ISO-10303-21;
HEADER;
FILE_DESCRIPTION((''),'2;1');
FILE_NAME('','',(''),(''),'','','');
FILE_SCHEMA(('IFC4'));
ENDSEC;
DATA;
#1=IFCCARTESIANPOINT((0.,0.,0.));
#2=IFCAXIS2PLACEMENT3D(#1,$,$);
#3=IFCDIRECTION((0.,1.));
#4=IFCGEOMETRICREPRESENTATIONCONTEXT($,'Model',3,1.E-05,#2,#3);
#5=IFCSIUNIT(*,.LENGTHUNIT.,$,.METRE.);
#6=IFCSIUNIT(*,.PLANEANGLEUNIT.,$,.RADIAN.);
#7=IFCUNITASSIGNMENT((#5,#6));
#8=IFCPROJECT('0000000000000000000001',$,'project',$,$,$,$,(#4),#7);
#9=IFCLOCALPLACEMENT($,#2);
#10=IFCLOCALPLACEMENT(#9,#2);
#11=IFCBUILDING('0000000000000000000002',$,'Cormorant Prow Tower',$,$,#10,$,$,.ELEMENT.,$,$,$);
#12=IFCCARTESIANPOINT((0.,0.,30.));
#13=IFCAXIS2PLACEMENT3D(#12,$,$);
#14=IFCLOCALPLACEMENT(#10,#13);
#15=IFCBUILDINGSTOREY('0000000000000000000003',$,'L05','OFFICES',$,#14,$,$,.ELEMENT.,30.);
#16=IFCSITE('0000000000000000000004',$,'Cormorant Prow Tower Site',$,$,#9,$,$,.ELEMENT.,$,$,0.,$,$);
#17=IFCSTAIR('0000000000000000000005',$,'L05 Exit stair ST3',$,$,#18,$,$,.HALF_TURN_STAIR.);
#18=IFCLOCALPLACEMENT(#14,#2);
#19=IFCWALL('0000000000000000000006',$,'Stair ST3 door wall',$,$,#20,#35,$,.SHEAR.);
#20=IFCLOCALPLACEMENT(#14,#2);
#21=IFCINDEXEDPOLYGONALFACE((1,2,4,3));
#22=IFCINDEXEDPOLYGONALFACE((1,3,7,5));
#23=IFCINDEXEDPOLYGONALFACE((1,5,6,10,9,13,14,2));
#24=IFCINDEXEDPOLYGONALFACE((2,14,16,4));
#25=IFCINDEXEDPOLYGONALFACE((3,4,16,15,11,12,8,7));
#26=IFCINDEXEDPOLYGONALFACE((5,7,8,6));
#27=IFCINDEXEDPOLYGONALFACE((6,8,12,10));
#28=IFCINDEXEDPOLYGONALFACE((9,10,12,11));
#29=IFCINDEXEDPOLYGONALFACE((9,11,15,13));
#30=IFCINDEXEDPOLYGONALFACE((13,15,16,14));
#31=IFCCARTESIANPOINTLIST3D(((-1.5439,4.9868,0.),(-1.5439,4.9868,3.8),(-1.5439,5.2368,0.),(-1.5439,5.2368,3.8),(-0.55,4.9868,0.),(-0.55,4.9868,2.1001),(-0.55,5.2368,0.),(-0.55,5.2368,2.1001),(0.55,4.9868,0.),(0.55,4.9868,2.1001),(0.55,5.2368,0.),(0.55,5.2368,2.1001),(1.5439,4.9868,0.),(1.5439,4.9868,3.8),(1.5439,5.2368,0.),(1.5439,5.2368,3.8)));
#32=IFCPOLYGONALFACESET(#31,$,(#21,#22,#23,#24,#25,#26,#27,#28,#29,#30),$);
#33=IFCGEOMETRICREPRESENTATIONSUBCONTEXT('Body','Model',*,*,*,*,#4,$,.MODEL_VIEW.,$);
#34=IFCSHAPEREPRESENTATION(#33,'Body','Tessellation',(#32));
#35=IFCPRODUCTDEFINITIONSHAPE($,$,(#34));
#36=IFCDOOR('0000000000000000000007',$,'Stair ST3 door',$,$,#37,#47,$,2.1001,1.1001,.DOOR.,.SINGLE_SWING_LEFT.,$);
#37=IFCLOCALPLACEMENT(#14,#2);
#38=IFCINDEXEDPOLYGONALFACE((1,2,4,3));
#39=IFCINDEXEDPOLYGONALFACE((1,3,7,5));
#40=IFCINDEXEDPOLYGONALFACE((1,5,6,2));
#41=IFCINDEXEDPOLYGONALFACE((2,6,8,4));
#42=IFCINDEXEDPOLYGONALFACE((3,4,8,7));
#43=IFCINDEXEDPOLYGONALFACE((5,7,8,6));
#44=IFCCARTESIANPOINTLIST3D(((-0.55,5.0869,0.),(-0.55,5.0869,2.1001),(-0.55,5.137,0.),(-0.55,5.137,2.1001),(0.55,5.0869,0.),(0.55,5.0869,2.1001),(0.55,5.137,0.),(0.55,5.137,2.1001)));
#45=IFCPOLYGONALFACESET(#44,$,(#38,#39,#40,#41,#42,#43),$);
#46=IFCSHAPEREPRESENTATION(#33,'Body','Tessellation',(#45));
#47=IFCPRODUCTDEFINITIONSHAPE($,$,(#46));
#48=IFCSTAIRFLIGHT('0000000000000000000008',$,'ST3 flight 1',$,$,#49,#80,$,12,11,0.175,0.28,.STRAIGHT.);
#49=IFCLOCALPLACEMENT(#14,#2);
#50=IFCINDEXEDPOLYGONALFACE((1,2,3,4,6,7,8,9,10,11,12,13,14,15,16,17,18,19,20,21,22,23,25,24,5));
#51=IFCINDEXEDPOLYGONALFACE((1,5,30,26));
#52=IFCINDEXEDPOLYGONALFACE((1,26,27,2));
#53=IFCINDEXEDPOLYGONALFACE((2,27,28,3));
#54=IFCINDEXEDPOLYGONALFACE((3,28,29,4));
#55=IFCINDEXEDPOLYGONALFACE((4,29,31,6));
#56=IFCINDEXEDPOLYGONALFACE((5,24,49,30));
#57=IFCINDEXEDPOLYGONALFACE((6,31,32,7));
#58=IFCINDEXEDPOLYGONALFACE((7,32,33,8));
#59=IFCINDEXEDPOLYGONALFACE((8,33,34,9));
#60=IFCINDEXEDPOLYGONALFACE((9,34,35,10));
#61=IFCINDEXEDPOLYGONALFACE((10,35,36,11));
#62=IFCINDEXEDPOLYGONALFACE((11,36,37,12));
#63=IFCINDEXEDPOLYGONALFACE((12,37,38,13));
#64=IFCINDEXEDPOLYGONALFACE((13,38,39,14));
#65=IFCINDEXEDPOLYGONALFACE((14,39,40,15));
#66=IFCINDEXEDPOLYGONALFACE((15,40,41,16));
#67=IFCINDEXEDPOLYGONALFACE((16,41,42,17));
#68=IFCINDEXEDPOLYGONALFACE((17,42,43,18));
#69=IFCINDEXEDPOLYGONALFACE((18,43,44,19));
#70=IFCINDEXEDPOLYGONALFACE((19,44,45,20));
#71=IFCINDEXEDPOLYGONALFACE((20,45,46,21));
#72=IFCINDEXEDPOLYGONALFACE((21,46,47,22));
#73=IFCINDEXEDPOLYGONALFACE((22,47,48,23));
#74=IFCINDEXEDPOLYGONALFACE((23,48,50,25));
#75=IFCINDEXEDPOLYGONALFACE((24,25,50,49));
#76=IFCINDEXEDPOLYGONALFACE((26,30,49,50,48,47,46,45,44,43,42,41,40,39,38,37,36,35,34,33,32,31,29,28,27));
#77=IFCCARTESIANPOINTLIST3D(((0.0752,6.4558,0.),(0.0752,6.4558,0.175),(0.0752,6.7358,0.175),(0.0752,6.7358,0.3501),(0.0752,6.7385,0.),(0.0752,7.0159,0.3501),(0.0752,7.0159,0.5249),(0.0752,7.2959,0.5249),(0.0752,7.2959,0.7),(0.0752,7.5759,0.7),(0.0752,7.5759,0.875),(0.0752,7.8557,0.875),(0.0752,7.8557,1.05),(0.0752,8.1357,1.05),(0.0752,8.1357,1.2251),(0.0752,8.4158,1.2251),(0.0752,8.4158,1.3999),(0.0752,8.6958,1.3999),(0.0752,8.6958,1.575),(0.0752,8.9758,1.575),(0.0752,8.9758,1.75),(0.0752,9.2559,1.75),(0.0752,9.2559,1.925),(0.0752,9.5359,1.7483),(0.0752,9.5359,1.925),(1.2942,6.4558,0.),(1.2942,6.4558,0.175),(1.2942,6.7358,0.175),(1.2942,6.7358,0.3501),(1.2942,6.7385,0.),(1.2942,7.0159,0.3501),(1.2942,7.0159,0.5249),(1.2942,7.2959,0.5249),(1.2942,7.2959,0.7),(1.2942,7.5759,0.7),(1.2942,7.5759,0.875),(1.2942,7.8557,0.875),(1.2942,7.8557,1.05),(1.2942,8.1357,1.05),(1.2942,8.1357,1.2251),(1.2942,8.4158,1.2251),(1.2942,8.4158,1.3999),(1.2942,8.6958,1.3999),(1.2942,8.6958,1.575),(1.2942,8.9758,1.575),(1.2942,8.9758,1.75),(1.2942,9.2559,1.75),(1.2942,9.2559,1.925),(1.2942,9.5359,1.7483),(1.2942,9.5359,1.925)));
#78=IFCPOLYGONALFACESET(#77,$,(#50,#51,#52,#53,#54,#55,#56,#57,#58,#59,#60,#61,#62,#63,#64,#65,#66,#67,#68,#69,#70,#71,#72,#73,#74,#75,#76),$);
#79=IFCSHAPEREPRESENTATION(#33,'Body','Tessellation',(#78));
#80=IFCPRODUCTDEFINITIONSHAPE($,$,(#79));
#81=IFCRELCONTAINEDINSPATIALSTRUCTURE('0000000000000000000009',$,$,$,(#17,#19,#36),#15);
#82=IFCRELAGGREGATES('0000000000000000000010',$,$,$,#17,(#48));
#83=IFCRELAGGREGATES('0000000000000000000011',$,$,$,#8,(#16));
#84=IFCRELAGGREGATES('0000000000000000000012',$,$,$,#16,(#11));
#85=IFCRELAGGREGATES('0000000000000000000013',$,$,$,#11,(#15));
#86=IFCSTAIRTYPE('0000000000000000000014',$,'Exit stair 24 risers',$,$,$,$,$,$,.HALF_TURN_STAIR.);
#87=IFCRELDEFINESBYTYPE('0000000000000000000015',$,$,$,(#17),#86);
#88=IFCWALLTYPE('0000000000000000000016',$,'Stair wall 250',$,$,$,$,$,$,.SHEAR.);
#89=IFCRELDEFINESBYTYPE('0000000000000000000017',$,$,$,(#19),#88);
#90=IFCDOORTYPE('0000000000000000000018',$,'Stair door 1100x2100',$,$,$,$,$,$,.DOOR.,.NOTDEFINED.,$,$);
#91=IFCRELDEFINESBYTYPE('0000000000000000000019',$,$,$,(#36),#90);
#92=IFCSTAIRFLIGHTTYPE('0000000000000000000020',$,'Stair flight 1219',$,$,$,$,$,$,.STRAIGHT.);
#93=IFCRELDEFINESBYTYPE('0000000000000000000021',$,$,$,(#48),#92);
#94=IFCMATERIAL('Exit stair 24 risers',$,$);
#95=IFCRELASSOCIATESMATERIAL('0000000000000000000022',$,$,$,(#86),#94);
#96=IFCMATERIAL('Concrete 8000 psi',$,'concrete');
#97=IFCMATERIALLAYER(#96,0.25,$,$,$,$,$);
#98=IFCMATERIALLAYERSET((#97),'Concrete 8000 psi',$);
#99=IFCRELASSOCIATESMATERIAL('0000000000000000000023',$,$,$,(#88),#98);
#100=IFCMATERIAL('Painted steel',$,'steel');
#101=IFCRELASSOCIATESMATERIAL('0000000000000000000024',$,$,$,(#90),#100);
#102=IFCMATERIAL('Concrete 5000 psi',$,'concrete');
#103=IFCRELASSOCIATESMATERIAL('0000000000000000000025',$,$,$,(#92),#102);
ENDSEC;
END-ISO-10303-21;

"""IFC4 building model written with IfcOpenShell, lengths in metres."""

from ifc_helpers import new_model, si_unit, direction, frame, frame_2d, origin, place, context, subcontext, project, spatial, polyline, rectangle, outline, extrude, material, layer, layer_set, type_object, element, fill, aggregate, save


model = new_model("IFC4")

# Units and contexts
model_context = context("Model", 3, precision=1e-05, world=origin(), true_north=direction((0.0, 1.0)))
body_context = subcontext(model_context, "Body", "Model", "MODEL_VIEW")
ifc_project = project(units=[si_unit("LENGTHUNIT", "METRE"), si_unit("PLANEANGLEUNIT", "RADIAN")], contexts=[model_context])

# Site, building, storey
site_placement = place(None, origin())
site = spatial("IfcSite", under=ifc_project, at=site_placement, Name="Cormorant Prow Tower Site", CompositionType="ELEMENT", RefElevation=0.0)
building_placement = place(site_placement, origin())
building = spatial("IfcBuilding", under=site, at=building_placement, Name="Cormorant Prow Tower", CompositionType="ELEMENT")
storey_placement = place(building_placement, frame((0.0, 0.0, 30.0)))
storey = spatial("IfcBuildingStorey", under=building, at=storey_placement, Name="L05", Description="OFFICES", CompositionType="ELEMENT", Elevation=30.0)

# Stair
ifc_material_1 = material(Name="Exit stair 24 risers")
stair_type = type_object("IfcStairType", Name="Exit stair 24 risers", PredefinedType="HALF_TURN_STAIR", material=ifc_material_1)
stair_1_placement = place(storey_placement, origin())
stair_1 = element("IfcStair", 1, at=stair_1_placement, inside=storey, type_object=stair_type, Name="L05 Exit stair ST3", PredefinedType="HALF_TURN_STAIR")

# Shared definitions
ifc_material_2 = material(Name="Concrete 8000 psi", Category="concrete")
ifc_layer_1 = layer(ifc_material_2, 0.25)
ifc_layer_set_1 = layer_set([ifc_layer_1], Name="Concrete 8000 psi")
wall_type_1 = type_object("IfcWallType", Name="Stair wall 250", PredefinedType="SHEAR", material=ifc_layer_set_1)

# Wall, opening, door
wall_1_placement = place(storey_placement, frame((1.5439, 5.1118, 0.0), z_axis=(0.0, 0.0, 1.0), x_axis=(-1.0, 0.0, 0.0)))
wall_1 = element("IfcWall", 2, at=wall_1_placement, inside=storey, type_object=wall_type_1, Name="Stair ST3 door wall", PredefinedType="SHEAR", context=body_context, shape_type="SweptSolid", body=[
    extrude(rectangle(XDim=3.0879, YDim=0.25, at=frame_2d((1.5439, 0.0))), origin(), (0.0, 0.0, 1.0), 3.8),
])
opening_placement = place(wall_1_placement, frame((0.9939, 0.0, 0.0)))
opening = element("IfcOpeningElement", 3, at=opening_placement, cuts=wall_1, PredefinedType="OPENING", context=body_context, shape_type="SweptSolid", body=[
    extrude(rectangle(XDim=1.1001, YDim=2.1001, at=frame_2d((0.55, 1.05))), frame((0.0, 0.135, 0.0), z_axis=(0.0, -1.0, 0.0), x_axis=(1.0, 0.0, 0.0)), (0.0, 0.0, 1.0), 0.27),
])
ifc_material_3 = material(Name="Painted steel", Category="steel")
door_type = type_object("IfcDoorType", Name="Stair door 1100x2100", OperationType="NOTDEFINED", PredefinedType="DOOR", material=ifc_material_3)
door_placement = place(opening_placement, origin())
door = element("IfcDoor", 4, at=door_placement, inside=storey, type_object=door_type, Name="Stair ST3 door", OperationType="SINGLE_SWING_LEFT", OverallHeight=2.1001, OverallWidth=1.1001, PredefinedType="DOOR", context=body_context, shape_type="SweptSolid", body=[
    extrude(rectangle(XDim=1.1001, YDim=2.1001, at=frame_2d((0.55, 1.05))), frame((0.0, 0.0249, 0.0), z_axis=(0.0, -1.0, 0.0), x_axis=(1.0, 0.0, 0.0)), (0.0, 0.0, 1.0), 0.05),
])
fill(opening, door)

# Stair flight
ifc_material_4 = material(Name="Concrete 5000 psi", Category="concrete")
stair_flight_type = type_object("IfcStairFlightType", Name="Stair flight 1219", PredefinedType="STRAIGHT", material=ifc_material_4)
stair_flight_placement = place(storey_placement, frame((0.6846, 6.4558, 0.0), z_axis=(0.0, 0.0, 1.0), x_axis=(0.0, 1.0, 0.0)))
stair_flight = element("IfcStairFlight", 5, at=stair_flight_placement, type_object=stair_flight_type, Name="ST3 flight 1", NumberOfRisers=12, NumberOfTreads=11, PredefinedType="STRAIGHT", RiserHeight=0.175, TreadLength=0.28, context=body_context, shape_type="SweptSolid", body=[
    extrude(outline(polyline([(0.0, 0.0), (0.0, 0.175), (0.28, 0.175), (0.28, 0.3501), (0.5601, 0.3501), (0.5601, 0.5249), (0.8401, 0.5249), (0.8401, 0.7), (1.1201, 0.7), (1.1201, 0.875), (1.3999, 0.875), (1.3999, 1.05), (1.6799, 1.05), (1.6799, 1.2251), (1.96, 1.2251), (1.96, 1.3999), (2.24, 1.3999), (2.24, 1.575), (2.52, 1.575), (2.52, 1.75), (2.8, 1.75), (2.8, 1.925), (3.0801, 1.925), (3.0801, 2.1001), (3.0801, 1.7483), (0.2827, 0.0), (0.0, 0.0)])), frame((0.0, 0.6094, 0.0), z_axis=(0.0, -1.0, 0.0), x_axis=(1.0, 0.0, 0.0)), (0.0, 0.0, 1.0), 1.219),
])
aggregate(stair_1, [stair_flight])

save(model, "model.ifc")
